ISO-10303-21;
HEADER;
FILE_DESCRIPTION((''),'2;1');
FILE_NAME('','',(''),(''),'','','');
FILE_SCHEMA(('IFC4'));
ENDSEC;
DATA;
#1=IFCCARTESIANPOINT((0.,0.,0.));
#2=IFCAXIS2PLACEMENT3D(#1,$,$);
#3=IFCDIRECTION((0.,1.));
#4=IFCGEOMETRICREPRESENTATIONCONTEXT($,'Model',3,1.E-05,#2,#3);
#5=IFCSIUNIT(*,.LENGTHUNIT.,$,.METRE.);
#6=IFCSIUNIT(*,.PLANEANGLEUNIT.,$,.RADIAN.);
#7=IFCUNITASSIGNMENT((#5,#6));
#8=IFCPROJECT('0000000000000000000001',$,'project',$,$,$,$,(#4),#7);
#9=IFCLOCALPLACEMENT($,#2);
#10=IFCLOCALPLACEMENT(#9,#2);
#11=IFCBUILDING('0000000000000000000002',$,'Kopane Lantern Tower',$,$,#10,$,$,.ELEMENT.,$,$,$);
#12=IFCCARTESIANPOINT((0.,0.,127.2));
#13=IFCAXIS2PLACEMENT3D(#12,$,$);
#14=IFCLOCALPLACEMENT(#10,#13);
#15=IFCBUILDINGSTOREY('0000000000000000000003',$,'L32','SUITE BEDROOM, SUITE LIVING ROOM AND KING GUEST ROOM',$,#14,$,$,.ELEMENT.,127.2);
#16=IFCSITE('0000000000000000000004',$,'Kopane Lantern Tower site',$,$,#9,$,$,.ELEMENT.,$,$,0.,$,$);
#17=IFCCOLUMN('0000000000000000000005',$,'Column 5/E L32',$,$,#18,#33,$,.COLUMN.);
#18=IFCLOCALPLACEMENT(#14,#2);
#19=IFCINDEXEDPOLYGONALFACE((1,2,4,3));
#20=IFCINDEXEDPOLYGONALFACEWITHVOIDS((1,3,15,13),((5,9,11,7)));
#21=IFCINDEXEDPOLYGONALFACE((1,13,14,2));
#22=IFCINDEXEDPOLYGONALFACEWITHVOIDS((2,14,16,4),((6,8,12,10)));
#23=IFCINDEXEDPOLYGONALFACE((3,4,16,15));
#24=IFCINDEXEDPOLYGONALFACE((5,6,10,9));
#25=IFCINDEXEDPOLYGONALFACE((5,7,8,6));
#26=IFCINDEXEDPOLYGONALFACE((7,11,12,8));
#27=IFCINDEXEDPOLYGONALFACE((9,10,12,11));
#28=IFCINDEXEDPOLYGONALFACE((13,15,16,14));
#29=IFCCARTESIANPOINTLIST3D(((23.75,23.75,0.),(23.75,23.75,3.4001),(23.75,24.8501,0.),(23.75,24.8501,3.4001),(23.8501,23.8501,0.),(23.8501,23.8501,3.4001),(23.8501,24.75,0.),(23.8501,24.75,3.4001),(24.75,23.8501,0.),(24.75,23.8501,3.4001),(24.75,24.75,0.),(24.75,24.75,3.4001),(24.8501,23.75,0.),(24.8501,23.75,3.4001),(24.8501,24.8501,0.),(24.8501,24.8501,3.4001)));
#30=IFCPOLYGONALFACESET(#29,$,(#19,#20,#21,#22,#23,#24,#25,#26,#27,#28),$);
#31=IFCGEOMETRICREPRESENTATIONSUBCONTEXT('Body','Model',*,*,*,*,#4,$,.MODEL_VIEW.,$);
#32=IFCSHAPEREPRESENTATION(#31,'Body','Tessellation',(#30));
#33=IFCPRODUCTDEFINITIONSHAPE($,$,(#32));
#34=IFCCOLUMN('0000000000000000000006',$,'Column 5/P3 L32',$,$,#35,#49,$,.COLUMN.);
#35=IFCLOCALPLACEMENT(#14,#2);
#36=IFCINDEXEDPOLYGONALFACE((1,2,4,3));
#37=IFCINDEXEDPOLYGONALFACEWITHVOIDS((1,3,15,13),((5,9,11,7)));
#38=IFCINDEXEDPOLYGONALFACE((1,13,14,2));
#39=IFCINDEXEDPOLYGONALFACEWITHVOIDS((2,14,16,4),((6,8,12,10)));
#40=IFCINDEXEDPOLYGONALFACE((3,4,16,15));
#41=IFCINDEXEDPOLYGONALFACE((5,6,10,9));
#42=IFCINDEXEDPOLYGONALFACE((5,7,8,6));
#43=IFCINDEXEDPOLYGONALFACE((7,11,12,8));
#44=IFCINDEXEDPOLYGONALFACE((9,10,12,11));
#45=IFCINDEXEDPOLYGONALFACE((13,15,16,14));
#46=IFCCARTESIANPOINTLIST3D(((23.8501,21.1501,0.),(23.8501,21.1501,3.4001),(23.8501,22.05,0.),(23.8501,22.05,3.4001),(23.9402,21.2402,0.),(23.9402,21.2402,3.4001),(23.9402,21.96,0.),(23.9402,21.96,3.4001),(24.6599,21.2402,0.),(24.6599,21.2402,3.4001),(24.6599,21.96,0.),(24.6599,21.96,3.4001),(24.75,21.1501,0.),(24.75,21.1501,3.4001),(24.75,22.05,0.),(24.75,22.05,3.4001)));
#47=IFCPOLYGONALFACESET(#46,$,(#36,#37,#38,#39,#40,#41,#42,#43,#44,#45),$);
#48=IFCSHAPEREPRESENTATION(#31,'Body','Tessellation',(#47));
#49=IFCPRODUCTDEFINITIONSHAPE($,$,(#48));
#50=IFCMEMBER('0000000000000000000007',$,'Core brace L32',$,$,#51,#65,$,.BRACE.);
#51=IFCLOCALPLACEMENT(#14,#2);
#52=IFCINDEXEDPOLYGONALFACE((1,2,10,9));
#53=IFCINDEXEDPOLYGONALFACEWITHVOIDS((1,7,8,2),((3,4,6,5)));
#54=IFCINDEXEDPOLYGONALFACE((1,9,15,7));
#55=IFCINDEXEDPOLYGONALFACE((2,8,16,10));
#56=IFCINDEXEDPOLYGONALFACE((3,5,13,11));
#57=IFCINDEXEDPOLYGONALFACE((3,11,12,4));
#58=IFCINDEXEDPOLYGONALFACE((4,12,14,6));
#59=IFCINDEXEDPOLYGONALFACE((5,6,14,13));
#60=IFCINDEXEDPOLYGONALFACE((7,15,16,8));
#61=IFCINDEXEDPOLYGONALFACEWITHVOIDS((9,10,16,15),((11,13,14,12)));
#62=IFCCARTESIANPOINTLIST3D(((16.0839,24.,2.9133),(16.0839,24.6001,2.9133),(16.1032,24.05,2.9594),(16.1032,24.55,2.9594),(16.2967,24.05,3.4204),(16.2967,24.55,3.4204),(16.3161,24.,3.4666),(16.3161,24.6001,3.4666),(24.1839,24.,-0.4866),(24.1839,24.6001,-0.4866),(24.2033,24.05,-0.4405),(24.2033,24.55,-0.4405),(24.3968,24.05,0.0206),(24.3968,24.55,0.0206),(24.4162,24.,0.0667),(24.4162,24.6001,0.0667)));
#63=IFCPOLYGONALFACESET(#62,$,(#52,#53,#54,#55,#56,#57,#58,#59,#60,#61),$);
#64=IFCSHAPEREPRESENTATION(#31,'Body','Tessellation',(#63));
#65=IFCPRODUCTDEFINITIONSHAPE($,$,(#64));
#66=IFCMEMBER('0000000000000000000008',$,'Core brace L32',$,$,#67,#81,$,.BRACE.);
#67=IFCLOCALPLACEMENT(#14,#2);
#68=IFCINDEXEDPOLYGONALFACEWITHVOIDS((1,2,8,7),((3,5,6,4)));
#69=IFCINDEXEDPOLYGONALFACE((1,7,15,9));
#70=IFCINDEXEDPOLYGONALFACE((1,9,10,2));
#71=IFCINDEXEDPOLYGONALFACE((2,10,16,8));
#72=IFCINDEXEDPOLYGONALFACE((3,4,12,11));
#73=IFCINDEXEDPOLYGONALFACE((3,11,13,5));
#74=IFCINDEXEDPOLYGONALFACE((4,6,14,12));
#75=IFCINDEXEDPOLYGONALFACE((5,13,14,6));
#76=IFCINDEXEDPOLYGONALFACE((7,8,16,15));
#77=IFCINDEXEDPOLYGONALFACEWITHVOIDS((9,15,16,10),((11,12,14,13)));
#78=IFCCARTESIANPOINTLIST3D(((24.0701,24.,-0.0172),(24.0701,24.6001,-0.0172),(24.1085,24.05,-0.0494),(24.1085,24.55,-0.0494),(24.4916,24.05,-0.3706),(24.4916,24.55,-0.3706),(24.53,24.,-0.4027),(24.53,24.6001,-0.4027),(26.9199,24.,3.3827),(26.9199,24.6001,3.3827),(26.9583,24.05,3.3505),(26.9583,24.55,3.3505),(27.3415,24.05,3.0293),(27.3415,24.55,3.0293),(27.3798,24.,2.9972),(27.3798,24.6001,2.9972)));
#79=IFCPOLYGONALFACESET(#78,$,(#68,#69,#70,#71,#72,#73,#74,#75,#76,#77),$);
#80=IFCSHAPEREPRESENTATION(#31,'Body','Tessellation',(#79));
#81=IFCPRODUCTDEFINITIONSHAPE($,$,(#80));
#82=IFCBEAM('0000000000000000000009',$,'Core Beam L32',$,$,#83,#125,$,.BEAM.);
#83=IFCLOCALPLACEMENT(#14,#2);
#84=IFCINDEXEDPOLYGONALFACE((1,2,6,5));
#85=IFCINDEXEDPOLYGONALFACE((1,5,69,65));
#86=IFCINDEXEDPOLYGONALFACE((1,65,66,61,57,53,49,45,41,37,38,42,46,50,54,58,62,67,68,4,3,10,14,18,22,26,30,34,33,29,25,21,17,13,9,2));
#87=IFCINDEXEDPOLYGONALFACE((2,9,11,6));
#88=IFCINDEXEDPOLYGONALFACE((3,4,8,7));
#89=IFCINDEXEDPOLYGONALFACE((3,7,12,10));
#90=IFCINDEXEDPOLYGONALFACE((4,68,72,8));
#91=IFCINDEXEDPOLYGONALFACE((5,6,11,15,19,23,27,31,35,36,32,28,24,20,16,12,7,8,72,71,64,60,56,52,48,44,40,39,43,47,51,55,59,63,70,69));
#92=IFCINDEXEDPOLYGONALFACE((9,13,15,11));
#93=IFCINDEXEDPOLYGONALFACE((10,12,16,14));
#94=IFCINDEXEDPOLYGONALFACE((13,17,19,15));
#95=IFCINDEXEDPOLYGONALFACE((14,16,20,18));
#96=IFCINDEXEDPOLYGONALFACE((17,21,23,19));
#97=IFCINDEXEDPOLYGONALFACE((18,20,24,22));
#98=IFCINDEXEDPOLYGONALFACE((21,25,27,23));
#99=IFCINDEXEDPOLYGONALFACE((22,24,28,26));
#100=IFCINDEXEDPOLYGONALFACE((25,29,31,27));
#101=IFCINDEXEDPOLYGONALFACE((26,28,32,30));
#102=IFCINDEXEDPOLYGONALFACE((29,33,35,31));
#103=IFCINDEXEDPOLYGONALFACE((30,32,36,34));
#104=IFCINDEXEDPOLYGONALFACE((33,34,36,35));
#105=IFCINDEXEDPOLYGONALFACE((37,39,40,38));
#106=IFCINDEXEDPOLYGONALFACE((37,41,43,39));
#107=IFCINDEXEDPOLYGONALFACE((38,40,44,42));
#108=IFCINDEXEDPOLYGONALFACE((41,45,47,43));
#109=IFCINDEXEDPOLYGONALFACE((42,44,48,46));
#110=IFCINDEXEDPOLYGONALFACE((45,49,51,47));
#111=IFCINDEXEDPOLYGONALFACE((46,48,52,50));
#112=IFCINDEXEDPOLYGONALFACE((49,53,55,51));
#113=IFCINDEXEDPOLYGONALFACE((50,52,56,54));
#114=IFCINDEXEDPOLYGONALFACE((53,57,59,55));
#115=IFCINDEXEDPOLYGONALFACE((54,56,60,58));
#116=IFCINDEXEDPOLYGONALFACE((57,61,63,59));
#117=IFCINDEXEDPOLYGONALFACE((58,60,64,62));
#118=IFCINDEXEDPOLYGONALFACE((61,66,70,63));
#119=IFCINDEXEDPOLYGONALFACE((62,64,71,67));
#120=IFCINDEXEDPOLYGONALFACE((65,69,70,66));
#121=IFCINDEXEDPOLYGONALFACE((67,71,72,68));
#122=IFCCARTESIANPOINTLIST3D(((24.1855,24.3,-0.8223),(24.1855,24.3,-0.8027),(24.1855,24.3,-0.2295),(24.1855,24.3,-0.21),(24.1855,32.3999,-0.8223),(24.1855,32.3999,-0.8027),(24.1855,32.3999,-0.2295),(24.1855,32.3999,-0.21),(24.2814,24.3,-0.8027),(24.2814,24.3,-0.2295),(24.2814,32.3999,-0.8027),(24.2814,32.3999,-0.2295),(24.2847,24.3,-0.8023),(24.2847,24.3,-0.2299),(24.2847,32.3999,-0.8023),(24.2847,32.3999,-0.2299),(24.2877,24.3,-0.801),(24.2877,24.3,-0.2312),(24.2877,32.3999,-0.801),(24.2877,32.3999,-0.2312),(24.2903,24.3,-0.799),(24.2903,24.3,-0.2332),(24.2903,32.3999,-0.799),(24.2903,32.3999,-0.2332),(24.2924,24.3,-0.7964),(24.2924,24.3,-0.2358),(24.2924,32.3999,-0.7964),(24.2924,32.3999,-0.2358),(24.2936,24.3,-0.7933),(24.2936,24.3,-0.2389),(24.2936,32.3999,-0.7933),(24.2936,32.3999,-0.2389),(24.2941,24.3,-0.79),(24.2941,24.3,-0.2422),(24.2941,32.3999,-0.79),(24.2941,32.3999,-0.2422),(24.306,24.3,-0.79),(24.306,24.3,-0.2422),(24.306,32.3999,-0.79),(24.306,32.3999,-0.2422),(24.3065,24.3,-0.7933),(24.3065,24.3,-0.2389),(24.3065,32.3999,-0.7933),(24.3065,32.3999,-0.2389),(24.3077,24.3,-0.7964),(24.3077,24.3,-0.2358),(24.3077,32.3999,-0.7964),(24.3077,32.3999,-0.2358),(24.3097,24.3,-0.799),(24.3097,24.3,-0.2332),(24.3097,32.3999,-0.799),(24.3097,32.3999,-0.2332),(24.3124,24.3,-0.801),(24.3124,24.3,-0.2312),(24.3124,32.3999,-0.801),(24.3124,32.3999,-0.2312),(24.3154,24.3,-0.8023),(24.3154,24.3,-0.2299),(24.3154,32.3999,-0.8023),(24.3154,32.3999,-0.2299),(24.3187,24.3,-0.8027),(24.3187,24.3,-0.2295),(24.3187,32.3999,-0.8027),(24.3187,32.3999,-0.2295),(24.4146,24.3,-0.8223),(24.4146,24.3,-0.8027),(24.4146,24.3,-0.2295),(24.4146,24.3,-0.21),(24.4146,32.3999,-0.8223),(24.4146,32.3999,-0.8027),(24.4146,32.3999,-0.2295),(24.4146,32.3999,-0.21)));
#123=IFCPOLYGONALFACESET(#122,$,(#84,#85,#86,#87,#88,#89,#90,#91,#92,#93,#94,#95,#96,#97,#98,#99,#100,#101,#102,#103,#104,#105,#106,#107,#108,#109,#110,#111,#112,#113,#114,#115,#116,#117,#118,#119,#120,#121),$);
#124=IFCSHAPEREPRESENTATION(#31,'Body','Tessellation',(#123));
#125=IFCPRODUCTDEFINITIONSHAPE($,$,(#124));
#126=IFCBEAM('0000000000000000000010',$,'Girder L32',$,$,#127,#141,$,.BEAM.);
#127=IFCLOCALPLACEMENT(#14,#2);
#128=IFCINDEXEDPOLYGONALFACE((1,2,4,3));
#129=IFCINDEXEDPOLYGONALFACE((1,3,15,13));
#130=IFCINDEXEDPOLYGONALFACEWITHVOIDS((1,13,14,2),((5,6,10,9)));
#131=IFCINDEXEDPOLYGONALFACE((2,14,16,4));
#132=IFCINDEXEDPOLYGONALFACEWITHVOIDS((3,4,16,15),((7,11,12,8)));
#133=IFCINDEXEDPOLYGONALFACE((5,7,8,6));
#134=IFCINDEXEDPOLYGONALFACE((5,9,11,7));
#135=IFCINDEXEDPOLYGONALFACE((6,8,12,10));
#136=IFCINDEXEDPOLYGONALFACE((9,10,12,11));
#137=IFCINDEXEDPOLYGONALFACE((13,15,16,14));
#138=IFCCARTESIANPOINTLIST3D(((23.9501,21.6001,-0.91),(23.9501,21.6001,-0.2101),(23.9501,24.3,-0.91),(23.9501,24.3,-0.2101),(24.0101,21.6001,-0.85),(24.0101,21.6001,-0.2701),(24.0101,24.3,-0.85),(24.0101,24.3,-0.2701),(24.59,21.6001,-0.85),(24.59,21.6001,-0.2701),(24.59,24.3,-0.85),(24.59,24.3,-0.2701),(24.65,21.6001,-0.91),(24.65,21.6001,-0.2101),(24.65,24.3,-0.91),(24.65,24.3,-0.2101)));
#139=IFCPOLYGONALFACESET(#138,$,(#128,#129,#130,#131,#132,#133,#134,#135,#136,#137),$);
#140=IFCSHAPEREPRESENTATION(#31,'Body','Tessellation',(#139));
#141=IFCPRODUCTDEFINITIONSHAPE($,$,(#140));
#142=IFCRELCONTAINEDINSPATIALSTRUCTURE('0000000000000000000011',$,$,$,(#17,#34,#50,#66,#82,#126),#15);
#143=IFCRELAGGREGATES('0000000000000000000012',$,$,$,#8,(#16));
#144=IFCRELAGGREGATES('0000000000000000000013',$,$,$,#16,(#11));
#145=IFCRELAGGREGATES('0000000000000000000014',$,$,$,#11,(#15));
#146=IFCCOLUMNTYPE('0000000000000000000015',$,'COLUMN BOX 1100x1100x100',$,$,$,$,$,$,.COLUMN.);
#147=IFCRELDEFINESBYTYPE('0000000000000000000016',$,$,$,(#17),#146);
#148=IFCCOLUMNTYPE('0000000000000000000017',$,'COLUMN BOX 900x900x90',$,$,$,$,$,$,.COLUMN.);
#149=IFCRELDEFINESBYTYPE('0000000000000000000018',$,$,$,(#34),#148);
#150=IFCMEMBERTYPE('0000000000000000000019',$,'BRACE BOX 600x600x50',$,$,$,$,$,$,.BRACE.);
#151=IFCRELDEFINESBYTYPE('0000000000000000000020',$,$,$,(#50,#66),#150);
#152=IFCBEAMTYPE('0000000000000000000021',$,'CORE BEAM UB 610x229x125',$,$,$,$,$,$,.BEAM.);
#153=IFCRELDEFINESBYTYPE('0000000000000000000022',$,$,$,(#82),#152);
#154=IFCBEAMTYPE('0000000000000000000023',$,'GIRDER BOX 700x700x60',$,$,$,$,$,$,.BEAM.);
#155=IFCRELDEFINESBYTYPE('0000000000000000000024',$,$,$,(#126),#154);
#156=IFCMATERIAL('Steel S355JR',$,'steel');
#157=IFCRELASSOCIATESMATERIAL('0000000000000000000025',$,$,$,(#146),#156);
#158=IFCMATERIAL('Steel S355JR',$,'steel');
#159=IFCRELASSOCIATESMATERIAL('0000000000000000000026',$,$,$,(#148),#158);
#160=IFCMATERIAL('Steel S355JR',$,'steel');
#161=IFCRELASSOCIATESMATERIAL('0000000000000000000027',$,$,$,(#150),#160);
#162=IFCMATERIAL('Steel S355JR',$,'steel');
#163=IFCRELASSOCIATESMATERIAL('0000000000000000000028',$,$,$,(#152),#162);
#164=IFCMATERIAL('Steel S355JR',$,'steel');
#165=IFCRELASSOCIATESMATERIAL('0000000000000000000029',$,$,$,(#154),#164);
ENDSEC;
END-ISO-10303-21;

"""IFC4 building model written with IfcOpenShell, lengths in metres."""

from ifc_helpers import new_model, si_unit, direction, frame, origin, origin_2d, place, context, subcontext, project, spatial, hollow_rectangle, i_section, extrude, material, material_profile, profile_set, type_object, element, save


model = new_model("IFC4")

# Units and contexts
model_context = context("Model", 3, precision=1e-05, world=origin(), true_north=direction((0.0, 1.0)))
body_context = subcontext(model_context, "Body", "Model", "MODEL_VIEW")
ifc_project = project(units=[si_unit("LENGTHUNIT", "METRE"), si_unit("PLANEANGLEUNIT", "RADIAN")], contexts=[model_context])

# Site, building, storey
site_placement = place(None, origin())
site = spatial("IfcSite", under=ifc_project, at=site_placement, Name="Kopane Lantern Tower site", CompositionType="ELEMENT", RefElevation=0.0)
building_placement = place(site_placement, origin())
building = spatial("IfcBuilding", under=site, at=building_placement, Name="Kopane Lantern Tower", CompositionType="ELEMENT")
storey_placement = place(building_placement, frame((0.0, 0.0, 127.2)))
storey = spatial("IfcBuildingStorey", under=building, at=storey_placement, Name="L32", Description="SUITE BEDROOM, SUITE LIVING ROOM AND KING GUEST ROOM", CompositionType="ELEMENT", Elevation=127.2)

# Columns
ifc_material_1 = material(Name="Steel S355JR", Category="steel")
ifc_material_profile_1 = material_profile(ifc_material_1, hollow_rectangle(XDim=1.1001, YDim=1.1001, WallThickness=0.1001, at=origin_2d()), Name="BOX 1100x1100x100")
ifc_profile_set_1 = profile_set([ifc_material_profile_1], Name="Steel S355JR")
column_type_1 = type_object("IfcColumnType", Name="COLUMN BOX 1100x1100x100", PredefinedType="COLUMN", material=ifc_profile_set_1)
column_1_placement = place(storey_placement, frame((24.3, 24.3, 0.0), z_axis=(0.0, 0.0, 1.0), x_axis=(1.0, 0.0, 0.0)))
element("IfcColumn", 1, at=column_1_placement, inside=storey, type_object=column_type_1, Name="Column 5/E L32", PredefinedType="COLUMN", context=body_context, shape_type="SweptSolid", body=[
    extrude(hollow_rectangle(XDim=1.1001, YDim=1.1001, WallThickness=0.1001, at=origin_2d()), origin(), (0.0, 0.0, 1.0), 3.4001),
])
ifc_material_2 = material(Name="Steel S355JR", Category="steel")
ifc_material_profile_2 = material_profile(ifc_material_2, hollow_rectangle(XDim=0.8999, YDim=0.8999, WallThickness=0.0901, at=origin_2d()), Name="BOX 900x900x90")
ifc_profile_set_2 = profile_set([ifc_material_profile_2], Name="Steel S355JR")
column_type_2 = type_object("IfcColumnType", Name="COLUMN BOX 900x900x90", PredefinedType="COLUMN", material=ifc_profile_set_2)
column_2_placement = place(storey_placement, frame((24.3, 21.6001, 0.0), z_axis=(0.0, 0.0, 1.0), x_axis=(1.0, 0.0, 0.0)))
element("IfcColumn", 2, at=column_2_placement, inside=storey, type_object=column_type_2, Name="Column 5/P3 L32", PredefinedType="COLUMN", context=body_context, shape_type="SweptSolid", body=[
    extrude(hollow_rectangle(XDim=0.8999, YDim=0.8999, WallThickness=0.0901, at=origin_2d()), origin(), (0.0, 0.0, 1.0), 3.4001),
])

# Members
ifc_material_3 = material(Name="Steel S355JR", Category="steel")
ifc_material_profile_3 = material_profile(ifc_material_3, hollow_rectangle(XDim=0.6001, YDim=0.6001, WallThickness=0.05, at=origin_2d()), Name="BOX 600x600x50")
ifc_profile_set_3 = profile_set([ifc_material_profile_3], Name="Steel S355JR")
member_type = type_object("IfcMemberType", Name="BRACE BOX 600x600x50", PredefinedType="BRACE", material=ifc_profile_set_3)
member_1_placement = place(storey_placement, frame((24.3, 24.3, -0.21), z_axis=(-0.922069, 0.0, 0.387026), x_axis=(0.0, -1.0, 0.0)))
element("IfcMember", 3, at=member_1_placement, inside=storey, type_object=member_type, Name="Core brace L32", PredefinedType="BRACE", context=body_context, shape_type="SweptSolid", body=[
    extrude(hollow_rectangle(XDim=0.6001, YDim=0.6001, WallThickness=0.05, at=origin_2d()), origin(), (0.0, 0.0, 1.0), 8.7847),
])
member_2_placement = place(storey_placement, frame((24.3, 24.3, -0.21), z_axis=(0.64239, 0.0, 0.766378), x_axis=(0.0, 1.0, 0.0)))
element("IfcMember", 4, at=member_2_placement, inside=storey, type_object=member_type, Name="Core brace L32", PredefinedType="BRACE", context=body_context, shape_type="SweptSolid", body=[
    extrude(hollow_rectangle(XDim=0.6001, YDim=0.6001, WallThickness=0.05, at=origin_2d()), origin(), (0.0, 0.0, 1.0), 4.4363),
])

# Beams
ifc_material_4 = material(Name="Steel S355JR", Category="steel")
ifc_material_profile_4 = material_profile(ifc_material_4, i_section(OverallWidth=0.229, OverallDepth=0.6123, WebThickness=0.012, FlangeThickness=0.0195, FilletRadius=0.0127, at=origin_2d()), Name="UB 610x229x125")
ifc_profile_set_4 = profile_set([ifc_material_profile_4], Name="Steel S355JR")
beam_type_1 = type_object("IfcBeamType", Name="CORE BEAM UB 610x229x125", PredefinedType="BEAM", material=ifc_profile_set_4)
beam_1_placement = place(storey_placement, frame((24.3, 24.3, -0.5161), z_axis=(0.0, 1.0, 0.0), x_axis=(-1.0, 0.0, 0.0)))
element("IfcBeam", 5, at=beam_1_placement, inside=storey, type_object=beam_type_1, Name="Core Beam L32", PredefinedType="BEAM", context=body_context, shape_type="SweptSolid", body=[
    extrude(i_section(OverallWidth=0.229, OverallDepth=0.6123, WebThickness=0.012, FlangeThickness=0.0195, FilletRadius=0.0127, at=origin_2d()), origin(), (0.0, 0.0, 1.0), 8.0999),
])
ifc_material_5 = material(Name="Steel S355JR", Category="steel")
ifc_material_profile_5 = material_profile(ifc_material_5, hollow_rectangle(XDim=0.7, YDim=0.7, WallThickness=0.0601, at=origin_2d()), Name="BOX 700x700x60")
ifc_profile_set_5 = profile_set([ifc_material_profile_5], Name="Steel S355JR")
beam_type_2 = type_object("IfcBeamType", Name="GIRDER BOX 700x700x60", PredefinedType="BEAM", material=ifc_profile_set_5)
beam_2_placement = place(storey_placement, frame((24.3, 21.6001, -0.5601), z_axis=(0.0, 1.0, 0.0), x_axis=(-1.0, 0.0, 0.0)))
element("IfcBeam", 6, at=beam_2_placement, inside=storey, type_object=beam_type_2, Name="Girder L32", PredefinedType="BEAM", context=body_context, shape_type="SweptSolid", body=[
    extrude(hollow_rectangle(XDim=0.7, YDim=0.7, WallThickness=0.0601, at=origin_2d()), origin(), (0.0, 0.0, 1.0), 2.7),
])

save(model, "model.ifc")
